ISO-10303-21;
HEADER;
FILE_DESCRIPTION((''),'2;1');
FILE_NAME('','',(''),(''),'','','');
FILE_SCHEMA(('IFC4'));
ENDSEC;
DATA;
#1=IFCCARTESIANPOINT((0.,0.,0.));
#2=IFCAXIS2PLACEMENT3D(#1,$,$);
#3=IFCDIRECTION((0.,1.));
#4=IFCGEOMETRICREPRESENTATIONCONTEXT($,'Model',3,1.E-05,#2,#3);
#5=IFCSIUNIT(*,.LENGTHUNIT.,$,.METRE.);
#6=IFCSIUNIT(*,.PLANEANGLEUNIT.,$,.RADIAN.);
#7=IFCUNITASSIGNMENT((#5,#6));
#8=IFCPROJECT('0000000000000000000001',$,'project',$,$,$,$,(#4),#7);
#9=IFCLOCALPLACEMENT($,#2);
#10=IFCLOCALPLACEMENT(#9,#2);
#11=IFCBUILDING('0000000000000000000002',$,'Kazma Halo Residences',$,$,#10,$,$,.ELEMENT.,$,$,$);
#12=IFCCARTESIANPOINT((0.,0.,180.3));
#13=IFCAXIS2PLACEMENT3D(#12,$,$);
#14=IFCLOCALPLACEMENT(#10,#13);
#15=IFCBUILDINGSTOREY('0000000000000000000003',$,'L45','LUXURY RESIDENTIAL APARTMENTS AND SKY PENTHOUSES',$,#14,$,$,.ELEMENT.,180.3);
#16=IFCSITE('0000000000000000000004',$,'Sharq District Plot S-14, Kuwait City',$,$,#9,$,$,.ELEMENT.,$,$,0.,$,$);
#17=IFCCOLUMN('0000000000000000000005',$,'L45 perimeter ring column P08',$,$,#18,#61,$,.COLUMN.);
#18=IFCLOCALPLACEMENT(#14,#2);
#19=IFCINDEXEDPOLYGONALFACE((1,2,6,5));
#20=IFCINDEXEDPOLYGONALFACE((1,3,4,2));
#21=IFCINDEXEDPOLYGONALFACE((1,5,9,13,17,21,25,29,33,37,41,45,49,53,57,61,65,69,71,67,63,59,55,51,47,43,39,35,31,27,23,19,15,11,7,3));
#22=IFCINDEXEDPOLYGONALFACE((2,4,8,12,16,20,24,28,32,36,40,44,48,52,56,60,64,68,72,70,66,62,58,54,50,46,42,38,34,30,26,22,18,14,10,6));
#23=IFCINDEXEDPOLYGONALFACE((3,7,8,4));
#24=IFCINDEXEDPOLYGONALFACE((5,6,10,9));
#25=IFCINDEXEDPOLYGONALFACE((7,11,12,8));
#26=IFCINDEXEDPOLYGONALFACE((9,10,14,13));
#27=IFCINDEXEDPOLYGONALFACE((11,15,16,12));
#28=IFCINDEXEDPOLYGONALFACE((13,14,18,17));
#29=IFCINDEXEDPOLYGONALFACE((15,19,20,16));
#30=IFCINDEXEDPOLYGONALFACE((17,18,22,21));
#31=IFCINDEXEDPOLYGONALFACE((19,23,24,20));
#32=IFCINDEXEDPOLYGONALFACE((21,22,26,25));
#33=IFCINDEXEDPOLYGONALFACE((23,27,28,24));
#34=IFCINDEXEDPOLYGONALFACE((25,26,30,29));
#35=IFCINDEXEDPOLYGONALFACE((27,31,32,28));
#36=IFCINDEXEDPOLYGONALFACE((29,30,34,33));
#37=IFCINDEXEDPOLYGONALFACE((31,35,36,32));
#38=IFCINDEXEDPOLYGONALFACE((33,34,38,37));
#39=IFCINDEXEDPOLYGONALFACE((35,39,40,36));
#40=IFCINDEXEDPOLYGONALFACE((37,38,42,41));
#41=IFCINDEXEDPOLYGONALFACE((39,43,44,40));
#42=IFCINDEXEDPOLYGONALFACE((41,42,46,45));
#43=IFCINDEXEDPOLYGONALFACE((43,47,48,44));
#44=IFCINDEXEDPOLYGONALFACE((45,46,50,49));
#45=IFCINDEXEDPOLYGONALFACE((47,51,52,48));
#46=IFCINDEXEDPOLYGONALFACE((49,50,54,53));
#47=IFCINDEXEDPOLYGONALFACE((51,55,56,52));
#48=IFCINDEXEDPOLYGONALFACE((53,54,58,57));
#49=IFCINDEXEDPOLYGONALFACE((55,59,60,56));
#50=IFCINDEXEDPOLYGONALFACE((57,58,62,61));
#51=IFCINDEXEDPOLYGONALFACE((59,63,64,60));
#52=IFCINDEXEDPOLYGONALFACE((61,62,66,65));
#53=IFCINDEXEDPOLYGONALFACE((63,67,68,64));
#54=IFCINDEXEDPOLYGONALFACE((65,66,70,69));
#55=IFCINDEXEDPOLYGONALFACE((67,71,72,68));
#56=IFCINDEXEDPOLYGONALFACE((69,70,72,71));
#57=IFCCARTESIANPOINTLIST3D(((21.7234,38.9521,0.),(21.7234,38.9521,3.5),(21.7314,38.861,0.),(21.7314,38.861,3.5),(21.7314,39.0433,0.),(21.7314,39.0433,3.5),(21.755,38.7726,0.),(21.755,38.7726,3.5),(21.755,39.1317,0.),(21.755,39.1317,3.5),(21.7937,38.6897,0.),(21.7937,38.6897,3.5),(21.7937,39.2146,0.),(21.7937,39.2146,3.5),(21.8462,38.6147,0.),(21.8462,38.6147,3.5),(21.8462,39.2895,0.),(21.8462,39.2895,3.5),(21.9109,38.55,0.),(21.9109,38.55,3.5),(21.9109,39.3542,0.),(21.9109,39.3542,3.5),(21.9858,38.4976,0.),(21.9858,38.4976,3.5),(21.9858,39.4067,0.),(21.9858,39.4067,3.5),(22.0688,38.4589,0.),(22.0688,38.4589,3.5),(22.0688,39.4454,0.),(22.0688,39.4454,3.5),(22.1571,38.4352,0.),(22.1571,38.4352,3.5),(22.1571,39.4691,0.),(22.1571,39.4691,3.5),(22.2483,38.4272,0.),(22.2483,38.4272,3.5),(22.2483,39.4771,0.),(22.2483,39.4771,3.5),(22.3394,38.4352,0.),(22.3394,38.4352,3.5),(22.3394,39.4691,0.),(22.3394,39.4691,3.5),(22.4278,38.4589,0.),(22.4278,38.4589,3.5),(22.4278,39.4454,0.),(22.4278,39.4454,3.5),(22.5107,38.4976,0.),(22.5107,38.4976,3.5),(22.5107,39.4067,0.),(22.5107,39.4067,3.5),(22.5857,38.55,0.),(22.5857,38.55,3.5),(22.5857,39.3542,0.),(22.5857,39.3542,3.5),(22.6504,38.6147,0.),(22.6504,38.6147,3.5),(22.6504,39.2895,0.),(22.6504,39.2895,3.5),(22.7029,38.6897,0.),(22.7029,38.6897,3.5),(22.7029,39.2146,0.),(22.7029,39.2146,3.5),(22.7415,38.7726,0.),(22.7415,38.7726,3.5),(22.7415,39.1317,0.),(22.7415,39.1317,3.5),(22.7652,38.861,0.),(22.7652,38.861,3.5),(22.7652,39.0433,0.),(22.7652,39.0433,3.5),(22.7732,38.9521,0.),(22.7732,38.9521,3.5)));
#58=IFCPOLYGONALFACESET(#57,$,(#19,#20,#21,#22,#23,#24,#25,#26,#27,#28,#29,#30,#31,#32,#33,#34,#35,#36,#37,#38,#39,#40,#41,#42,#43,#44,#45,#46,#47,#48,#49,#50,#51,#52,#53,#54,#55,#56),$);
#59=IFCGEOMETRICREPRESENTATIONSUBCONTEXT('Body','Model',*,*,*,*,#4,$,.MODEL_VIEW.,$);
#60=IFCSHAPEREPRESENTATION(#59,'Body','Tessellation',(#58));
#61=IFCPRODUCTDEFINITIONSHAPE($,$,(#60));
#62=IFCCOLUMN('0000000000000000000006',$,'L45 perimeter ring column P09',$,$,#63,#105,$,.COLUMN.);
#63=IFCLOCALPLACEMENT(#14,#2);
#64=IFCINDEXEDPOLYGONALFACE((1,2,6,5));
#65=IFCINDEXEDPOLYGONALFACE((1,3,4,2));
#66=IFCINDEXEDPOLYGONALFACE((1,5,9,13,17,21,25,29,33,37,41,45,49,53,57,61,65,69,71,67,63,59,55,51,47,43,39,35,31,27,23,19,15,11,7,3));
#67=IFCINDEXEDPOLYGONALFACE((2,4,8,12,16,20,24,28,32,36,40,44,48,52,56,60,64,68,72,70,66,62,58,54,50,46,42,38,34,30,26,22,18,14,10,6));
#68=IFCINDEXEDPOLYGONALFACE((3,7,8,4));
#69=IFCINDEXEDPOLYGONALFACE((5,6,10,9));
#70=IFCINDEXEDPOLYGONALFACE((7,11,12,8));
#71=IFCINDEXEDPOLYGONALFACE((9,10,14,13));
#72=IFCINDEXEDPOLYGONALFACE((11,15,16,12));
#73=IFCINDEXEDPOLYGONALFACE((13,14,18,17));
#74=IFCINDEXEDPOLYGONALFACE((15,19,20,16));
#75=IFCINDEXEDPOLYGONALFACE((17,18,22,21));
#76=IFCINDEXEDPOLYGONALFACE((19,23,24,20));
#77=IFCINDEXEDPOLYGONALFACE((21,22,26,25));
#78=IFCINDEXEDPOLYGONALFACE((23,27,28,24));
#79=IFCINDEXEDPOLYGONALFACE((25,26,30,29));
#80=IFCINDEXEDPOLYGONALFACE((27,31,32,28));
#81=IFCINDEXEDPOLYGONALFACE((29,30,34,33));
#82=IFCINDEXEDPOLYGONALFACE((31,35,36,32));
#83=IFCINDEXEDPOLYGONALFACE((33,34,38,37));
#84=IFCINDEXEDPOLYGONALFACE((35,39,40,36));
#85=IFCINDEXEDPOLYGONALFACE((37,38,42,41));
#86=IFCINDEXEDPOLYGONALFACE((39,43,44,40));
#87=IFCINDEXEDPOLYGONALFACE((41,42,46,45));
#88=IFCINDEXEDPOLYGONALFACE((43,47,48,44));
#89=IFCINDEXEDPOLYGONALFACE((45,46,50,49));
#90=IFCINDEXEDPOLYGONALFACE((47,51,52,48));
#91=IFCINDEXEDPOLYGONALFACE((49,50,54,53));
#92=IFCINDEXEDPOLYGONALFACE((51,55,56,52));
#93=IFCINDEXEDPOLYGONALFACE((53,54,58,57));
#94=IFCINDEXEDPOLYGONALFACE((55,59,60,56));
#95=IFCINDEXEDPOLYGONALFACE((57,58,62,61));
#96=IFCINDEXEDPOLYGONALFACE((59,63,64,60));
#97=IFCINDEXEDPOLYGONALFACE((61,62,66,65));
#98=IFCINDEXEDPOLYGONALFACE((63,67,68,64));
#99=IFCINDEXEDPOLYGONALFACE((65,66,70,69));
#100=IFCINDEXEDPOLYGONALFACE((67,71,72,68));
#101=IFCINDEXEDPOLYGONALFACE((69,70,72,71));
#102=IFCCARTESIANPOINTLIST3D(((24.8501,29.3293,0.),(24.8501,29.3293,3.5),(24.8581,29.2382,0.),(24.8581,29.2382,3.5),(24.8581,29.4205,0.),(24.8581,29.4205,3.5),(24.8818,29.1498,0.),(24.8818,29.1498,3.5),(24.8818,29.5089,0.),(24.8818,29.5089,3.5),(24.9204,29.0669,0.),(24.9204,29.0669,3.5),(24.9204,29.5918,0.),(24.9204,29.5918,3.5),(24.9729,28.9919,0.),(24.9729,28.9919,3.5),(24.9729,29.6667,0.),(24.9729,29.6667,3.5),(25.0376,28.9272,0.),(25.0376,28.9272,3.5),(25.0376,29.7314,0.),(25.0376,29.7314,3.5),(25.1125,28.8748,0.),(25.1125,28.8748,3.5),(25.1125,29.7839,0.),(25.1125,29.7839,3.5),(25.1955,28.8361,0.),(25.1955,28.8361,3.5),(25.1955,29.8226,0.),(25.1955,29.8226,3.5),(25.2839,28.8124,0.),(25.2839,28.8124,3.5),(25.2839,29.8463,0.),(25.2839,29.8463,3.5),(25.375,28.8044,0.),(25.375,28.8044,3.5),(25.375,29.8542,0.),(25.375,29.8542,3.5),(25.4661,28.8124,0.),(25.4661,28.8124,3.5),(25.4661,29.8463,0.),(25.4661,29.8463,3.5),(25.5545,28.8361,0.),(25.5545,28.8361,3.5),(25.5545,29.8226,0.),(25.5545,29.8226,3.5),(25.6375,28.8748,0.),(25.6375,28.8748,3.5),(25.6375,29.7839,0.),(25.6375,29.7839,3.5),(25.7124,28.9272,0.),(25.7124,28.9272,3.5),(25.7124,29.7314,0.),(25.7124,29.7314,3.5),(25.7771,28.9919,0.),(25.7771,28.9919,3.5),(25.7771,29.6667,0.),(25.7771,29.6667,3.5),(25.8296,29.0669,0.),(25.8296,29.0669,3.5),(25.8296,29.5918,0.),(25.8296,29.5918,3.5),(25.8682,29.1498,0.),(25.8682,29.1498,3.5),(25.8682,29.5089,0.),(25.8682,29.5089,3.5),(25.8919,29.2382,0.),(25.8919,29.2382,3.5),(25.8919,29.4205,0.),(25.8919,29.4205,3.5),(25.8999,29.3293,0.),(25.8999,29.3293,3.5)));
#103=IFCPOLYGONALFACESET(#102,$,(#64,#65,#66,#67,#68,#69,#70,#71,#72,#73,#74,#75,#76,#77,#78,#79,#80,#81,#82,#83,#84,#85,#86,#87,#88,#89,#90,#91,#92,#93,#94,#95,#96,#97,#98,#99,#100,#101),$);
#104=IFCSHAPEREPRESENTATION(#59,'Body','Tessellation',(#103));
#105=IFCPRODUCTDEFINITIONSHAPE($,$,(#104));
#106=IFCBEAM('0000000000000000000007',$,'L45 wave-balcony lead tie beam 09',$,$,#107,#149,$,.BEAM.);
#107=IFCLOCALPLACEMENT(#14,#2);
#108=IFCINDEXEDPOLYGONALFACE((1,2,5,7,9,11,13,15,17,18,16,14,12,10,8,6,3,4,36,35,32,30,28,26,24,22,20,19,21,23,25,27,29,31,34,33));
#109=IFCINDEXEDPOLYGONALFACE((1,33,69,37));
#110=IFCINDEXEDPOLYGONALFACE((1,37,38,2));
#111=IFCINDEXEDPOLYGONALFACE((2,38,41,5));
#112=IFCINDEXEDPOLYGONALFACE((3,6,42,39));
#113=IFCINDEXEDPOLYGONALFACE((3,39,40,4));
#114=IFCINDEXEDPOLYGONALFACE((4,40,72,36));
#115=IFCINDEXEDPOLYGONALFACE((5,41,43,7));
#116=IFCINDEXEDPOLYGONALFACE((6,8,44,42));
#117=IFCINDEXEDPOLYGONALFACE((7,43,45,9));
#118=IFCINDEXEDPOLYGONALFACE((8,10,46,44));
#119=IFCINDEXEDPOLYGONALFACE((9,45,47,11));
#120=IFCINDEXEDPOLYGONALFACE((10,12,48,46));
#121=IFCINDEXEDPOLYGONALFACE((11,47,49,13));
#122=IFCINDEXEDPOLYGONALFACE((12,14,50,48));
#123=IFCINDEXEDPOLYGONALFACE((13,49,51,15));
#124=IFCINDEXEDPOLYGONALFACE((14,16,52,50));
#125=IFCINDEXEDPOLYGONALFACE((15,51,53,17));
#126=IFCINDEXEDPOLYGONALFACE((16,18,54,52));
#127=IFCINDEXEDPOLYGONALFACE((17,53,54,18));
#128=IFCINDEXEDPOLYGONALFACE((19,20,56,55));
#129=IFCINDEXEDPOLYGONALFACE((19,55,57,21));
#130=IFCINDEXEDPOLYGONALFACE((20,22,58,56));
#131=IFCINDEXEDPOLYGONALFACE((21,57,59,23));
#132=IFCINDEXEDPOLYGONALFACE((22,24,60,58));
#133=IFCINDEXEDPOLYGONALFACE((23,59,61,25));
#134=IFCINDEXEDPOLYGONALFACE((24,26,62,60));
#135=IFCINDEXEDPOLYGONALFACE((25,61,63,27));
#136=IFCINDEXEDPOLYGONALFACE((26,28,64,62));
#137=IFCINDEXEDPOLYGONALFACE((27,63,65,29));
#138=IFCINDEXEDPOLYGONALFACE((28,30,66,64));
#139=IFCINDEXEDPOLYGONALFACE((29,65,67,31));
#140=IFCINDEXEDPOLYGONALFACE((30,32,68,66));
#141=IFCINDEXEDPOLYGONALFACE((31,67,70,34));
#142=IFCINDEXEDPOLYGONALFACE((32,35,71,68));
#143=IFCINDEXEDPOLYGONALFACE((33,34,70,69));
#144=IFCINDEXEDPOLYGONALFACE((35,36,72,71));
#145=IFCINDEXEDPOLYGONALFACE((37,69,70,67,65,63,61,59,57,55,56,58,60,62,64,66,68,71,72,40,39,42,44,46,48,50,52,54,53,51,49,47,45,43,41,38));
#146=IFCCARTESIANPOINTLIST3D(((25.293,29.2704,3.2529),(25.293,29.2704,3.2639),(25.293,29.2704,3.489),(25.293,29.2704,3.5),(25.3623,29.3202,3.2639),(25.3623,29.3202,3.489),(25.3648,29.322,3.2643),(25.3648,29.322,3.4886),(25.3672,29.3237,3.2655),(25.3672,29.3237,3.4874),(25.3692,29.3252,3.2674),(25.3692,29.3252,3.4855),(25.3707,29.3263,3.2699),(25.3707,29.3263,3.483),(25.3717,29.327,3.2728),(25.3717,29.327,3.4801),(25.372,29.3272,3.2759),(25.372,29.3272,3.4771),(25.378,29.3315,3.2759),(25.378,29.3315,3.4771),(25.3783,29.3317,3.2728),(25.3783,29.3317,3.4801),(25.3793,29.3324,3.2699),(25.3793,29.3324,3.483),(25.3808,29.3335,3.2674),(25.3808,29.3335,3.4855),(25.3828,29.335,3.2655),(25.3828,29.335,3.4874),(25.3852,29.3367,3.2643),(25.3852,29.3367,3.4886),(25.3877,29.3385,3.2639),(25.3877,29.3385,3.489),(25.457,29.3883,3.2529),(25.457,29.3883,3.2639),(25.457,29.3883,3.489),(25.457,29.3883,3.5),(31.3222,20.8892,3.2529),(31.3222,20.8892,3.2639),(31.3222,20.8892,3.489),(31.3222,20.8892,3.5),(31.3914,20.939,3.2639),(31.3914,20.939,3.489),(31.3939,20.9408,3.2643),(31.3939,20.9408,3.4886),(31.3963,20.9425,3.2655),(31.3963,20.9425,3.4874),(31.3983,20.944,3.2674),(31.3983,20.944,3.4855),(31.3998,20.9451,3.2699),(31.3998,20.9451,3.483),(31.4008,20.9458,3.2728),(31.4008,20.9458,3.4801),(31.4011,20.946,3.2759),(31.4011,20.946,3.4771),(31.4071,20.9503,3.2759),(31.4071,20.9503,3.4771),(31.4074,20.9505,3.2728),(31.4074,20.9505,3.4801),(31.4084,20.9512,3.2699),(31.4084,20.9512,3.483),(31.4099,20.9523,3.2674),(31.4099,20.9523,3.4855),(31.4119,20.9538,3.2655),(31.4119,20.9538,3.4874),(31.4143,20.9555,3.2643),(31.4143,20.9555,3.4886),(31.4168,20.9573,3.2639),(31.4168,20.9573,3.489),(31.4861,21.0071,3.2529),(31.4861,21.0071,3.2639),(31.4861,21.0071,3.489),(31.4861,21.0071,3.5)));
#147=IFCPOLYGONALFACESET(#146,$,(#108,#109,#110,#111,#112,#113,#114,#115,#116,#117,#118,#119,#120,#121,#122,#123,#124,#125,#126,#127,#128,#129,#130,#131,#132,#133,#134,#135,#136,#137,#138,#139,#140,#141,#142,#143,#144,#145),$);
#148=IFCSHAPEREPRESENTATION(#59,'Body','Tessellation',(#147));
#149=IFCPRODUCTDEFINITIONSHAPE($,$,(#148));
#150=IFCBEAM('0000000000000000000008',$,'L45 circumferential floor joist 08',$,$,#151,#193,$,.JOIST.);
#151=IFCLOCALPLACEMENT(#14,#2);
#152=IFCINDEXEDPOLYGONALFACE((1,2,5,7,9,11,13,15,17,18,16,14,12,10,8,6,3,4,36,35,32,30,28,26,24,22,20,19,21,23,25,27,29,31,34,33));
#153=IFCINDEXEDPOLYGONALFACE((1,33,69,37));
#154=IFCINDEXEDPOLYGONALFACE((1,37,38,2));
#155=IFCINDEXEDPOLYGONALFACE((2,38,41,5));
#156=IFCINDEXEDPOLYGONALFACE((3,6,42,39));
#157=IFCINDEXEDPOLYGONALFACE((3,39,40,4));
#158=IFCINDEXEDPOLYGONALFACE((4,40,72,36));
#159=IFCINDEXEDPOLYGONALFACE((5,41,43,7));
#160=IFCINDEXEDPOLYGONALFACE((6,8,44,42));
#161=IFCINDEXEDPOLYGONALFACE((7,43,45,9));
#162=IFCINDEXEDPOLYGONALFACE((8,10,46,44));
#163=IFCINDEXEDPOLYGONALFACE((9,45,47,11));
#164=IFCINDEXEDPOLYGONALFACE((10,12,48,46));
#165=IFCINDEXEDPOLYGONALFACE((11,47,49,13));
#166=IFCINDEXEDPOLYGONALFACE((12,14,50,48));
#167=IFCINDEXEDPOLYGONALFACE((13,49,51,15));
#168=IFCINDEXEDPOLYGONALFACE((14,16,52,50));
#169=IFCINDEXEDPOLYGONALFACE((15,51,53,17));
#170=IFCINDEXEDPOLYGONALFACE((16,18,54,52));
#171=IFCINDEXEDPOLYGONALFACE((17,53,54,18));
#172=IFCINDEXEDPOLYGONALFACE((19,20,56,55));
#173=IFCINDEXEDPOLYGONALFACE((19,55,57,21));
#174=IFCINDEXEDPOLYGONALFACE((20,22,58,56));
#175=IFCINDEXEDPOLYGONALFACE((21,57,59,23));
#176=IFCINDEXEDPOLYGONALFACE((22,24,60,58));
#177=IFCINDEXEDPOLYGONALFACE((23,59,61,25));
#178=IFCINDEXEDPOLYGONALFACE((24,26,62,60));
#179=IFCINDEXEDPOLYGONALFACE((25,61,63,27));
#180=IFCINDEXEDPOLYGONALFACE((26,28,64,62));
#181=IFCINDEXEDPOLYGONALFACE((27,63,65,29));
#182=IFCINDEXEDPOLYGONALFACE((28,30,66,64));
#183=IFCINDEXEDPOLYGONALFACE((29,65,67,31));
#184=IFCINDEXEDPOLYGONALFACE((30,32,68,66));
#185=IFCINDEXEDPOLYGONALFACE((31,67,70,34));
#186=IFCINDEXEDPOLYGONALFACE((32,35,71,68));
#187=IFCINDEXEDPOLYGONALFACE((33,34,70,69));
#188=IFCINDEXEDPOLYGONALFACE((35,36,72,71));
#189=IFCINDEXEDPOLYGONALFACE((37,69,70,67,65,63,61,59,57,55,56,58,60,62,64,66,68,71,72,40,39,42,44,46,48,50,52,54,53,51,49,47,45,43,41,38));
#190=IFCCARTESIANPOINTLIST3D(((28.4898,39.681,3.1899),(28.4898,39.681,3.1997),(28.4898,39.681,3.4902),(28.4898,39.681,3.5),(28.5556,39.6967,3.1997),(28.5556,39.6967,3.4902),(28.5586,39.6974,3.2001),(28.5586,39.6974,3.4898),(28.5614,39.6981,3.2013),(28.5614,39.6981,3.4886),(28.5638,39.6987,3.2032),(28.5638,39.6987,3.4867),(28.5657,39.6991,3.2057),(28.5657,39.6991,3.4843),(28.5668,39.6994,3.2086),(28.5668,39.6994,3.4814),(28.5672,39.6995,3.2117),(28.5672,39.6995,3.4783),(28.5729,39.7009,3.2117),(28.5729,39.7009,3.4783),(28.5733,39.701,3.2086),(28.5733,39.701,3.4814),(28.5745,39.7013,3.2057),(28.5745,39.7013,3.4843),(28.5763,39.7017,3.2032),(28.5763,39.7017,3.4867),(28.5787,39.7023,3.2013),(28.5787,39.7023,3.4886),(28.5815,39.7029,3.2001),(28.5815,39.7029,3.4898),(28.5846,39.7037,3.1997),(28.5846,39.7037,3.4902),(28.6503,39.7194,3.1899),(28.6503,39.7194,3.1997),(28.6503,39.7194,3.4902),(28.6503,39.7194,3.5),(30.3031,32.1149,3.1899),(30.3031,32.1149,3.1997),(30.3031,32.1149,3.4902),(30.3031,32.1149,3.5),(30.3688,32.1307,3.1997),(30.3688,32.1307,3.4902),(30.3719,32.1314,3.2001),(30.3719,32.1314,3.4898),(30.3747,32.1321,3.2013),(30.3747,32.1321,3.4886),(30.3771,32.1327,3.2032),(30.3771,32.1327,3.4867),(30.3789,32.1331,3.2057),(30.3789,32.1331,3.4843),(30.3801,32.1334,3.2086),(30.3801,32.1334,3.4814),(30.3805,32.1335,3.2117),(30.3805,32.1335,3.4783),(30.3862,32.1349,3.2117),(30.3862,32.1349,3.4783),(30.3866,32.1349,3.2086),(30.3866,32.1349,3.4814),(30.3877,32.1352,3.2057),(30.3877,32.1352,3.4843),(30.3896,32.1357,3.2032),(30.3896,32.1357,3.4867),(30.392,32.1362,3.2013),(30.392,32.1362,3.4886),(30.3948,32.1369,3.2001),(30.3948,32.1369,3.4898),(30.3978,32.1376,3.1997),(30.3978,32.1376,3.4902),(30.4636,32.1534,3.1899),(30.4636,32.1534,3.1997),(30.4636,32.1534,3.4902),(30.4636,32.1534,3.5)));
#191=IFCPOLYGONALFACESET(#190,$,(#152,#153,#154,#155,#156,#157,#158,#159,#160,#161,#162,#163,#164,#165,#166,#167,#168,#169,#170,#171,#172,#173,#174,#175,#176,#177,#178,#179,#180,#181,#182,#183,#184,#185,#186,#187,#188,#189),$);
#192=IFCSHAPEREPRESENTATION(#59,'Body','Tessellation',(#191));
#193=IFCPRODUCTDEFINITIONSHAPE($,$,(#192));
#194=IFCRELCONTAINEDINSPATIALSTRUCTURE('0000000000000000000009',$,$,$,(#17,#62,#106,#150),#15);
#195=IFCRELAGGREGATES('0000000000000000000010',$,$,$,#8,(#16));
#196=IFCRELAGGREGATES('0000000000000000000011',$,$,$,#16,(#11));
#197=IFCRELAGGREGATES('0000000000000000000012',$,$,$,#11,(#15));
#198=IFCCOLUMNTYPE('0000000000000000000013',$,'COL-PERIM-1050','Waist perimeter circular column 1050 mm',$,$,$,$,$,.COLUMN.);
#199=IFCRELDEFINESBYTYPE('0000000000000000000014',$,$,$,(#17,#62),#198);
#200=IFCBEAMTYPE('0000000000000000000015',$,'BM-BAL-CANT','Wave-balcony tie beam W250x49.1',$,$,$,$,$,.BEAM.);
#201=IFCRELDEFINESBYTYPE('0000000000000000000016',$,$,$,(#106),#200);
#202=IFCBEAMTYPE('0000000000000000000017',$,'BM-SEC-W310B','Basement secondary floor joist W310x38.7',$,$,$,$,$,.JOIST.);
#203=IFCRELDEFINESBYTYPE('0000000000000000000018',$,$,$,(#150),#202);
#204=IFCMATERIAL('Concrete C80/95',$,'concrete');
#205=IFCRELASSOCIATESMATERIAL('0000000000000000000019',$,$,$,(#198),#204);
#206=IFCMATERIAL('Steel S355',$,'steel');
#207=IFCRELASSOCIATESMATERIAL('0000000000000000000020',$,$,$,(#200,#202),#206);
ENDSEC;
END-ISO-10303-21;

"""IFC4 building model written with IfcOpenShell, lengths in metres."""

from ifc_helpers import new_model, si_unit, direction, frame, origin, origin_2d, place, context, subcontext, project, spatial, circle, i_section, extrude, material, material_profile, profile_set, type_object, element, save


model = new_model("IFC4")

# Units and contexts
model_context = context("Model", 3, precision=1e-05, world=origin(), true_north=direction((0.0, 1.0)))
body_context = subcontext(model_context, "Body", "Model", "MODEL_VIEW")
ifc_project = project(units=[si_unit("LENGTHUNIT", "METRE"), si_unit("PLANEANGLEUNIT", "RADIAN")], contexts=[model_context])

# Site, building, storey
site_placement = place(None, origin())
site = spatial("IfcSite", under=ifc_project, at=site_placement, Name="Sharq District Plot S-14, Kuwait City", CompositionType="ELEMENT", RefElevation=0.0)
building_placement = place(site_placement, origin())
building = spatial("IfcBuilding", under=site, at=building_placement, Name="Kazma Halo Residences", CompositionType="ELEMENT")
storey_placement = place(building_placement, frame((0.0, 0.0, 180.3)))
storey = spatial("IfcBuildingStorey", under=building, at=storey_placement, Name="L45", Description="LUXURY RESIDENTIAL APARTMENTS AND SKY PENTHOUSES", CompositionType="ELEMENT", Elevation=180.3)

# Columns
ifc_material_1 = material(Name="Concrete C80/95", Category="concrete")
ifc_material_profile_1 = material_profile(ifc_material_1, circle(Radius=0.5249, at=origin_2d()), Name="CIRC1050")
ifc_profile_set_1 = profile_set([ifc_material_profile_1], Name="Concrete C80/95")
column_type = type_object("IfcColumnType", Name="COL-PERIM-1050", Description="Waist perimeter circular column 1050 mm", PredefinedType="COLUMN", material=ifc_profile_set_1)
for number, where, z_axis, x_axis, name in (
    (1, (22.2483, 38.9521, 0.0), (0.0, 0.0, 1.0), (1.0, 0.0, 0.0), "L45 perimeter ring column P08"),
    (2, (25.375, 29.3293, 0.0), (0.0, 0.0, 1.0), (1.0, 0.0, 0.0), "L45 perimeter ring column P09"),
):
    element("IfcColumn", number, at=place(storey_placement, frame(where, z_axis=z_axis, x_axis=x_axis)), inside=storey, type_object=column_type, Name=name, PredefinedType="COLUMN", context=body_context, shape_type="SweptSolid", body=[
        extrude(circle(Radius=0.5249, at=origin_2d()), origin(), (0.0, 0.0, 1.0), 3.5),
    ])

# Beams
ifc_material_2 = material(Name="Steel S355", Category="steel")
ifc_material_profile_2 = material_profile(ifc_material_2, i_section(OverallWidth=0.2019, OverallDepth=0.2471, WebThickness=0.0073, FlangeThickness=0.011, FilletRadius=0.012, at=origin_2d()), Name="W250x49.1")
ifc_profile_set_2 = profile_set([ifc_material_profile_2], Name="Steel S355")
beam_type_1 = type_object("IfcBeamType", Name="BM-BAL-CANT", Description="Wave-balcony tie beam W250x49.1", PredefinedType="BEAM", material=ifc_profile_set_2)
beam_1_placement = place(storey_placement, frame((25.375, 29.3293, 3.3765), z_axis=(0.583964, -0.81178, 0.0), x_axis=(0.81178, 0.583964, 0.0)))
element("IfcBeam", 3, at=beam_1_placement, inside=storey, type_object=beam_type_1, Name="L45 wave-balcony lead tie beam 09", PredefinedType="BEAM", context=body_context, shape_type="SweptSolid", body=[
    extrude(i_section(OverallWidth=0.2019, OverallDepth=0.2471, WebThickness=0.0073, FlangeThickness=0.011, FilletRadius=0.012, at=origin_2d()), origin(), (0.0, 0.0, 1.0), 10.3245),
])
ifc_material_profile_3 = material_profile(ifc_material_2, i_section(OverallWidth=0.165, OverallDepth=0.3101, WebThickness=0.0059, FlangeThickness=0.0098, FilletRadius=0.012, at=origin_2d()), Name="W310x38.7")
ifc_profile_set_3 = profile_set([ifc_material_profile_3], Name="Steel S355")
beam_type_2 = type_object("IfcBeamType", Name="BM-SEC-W310B", Description="Basement secondary floor joist W310x38.7", PredefinedType="JOIST", material=ifc_profile_set_3)
beam_2_placement = place(storey_placement, frame((28.5701, 39.7002, 3.345), z_axis=(0.233058, -0.972463, 0.0), x_axis=(0.972463, 0.233058, 0.0)))
element("IfcBeam", 4, at=beam_2_placement, inside=storey, type_object=beam_type_2, Name="L45 circumferential floor joist 08", PredefinedType="JOIST", context=body_context, shape_type="SweptSolid", body=[
    extrude(i_section(OverallWidth=0.165, OverallDepth=0.3101, WebThickness=0.0059, FlangeThickness=0.0098, FilletRadius=0.012, at=origin_2d()), origin(), (0.0, 0.0, 1.0), 7.7803),
])

save(model, "model.ifc")
